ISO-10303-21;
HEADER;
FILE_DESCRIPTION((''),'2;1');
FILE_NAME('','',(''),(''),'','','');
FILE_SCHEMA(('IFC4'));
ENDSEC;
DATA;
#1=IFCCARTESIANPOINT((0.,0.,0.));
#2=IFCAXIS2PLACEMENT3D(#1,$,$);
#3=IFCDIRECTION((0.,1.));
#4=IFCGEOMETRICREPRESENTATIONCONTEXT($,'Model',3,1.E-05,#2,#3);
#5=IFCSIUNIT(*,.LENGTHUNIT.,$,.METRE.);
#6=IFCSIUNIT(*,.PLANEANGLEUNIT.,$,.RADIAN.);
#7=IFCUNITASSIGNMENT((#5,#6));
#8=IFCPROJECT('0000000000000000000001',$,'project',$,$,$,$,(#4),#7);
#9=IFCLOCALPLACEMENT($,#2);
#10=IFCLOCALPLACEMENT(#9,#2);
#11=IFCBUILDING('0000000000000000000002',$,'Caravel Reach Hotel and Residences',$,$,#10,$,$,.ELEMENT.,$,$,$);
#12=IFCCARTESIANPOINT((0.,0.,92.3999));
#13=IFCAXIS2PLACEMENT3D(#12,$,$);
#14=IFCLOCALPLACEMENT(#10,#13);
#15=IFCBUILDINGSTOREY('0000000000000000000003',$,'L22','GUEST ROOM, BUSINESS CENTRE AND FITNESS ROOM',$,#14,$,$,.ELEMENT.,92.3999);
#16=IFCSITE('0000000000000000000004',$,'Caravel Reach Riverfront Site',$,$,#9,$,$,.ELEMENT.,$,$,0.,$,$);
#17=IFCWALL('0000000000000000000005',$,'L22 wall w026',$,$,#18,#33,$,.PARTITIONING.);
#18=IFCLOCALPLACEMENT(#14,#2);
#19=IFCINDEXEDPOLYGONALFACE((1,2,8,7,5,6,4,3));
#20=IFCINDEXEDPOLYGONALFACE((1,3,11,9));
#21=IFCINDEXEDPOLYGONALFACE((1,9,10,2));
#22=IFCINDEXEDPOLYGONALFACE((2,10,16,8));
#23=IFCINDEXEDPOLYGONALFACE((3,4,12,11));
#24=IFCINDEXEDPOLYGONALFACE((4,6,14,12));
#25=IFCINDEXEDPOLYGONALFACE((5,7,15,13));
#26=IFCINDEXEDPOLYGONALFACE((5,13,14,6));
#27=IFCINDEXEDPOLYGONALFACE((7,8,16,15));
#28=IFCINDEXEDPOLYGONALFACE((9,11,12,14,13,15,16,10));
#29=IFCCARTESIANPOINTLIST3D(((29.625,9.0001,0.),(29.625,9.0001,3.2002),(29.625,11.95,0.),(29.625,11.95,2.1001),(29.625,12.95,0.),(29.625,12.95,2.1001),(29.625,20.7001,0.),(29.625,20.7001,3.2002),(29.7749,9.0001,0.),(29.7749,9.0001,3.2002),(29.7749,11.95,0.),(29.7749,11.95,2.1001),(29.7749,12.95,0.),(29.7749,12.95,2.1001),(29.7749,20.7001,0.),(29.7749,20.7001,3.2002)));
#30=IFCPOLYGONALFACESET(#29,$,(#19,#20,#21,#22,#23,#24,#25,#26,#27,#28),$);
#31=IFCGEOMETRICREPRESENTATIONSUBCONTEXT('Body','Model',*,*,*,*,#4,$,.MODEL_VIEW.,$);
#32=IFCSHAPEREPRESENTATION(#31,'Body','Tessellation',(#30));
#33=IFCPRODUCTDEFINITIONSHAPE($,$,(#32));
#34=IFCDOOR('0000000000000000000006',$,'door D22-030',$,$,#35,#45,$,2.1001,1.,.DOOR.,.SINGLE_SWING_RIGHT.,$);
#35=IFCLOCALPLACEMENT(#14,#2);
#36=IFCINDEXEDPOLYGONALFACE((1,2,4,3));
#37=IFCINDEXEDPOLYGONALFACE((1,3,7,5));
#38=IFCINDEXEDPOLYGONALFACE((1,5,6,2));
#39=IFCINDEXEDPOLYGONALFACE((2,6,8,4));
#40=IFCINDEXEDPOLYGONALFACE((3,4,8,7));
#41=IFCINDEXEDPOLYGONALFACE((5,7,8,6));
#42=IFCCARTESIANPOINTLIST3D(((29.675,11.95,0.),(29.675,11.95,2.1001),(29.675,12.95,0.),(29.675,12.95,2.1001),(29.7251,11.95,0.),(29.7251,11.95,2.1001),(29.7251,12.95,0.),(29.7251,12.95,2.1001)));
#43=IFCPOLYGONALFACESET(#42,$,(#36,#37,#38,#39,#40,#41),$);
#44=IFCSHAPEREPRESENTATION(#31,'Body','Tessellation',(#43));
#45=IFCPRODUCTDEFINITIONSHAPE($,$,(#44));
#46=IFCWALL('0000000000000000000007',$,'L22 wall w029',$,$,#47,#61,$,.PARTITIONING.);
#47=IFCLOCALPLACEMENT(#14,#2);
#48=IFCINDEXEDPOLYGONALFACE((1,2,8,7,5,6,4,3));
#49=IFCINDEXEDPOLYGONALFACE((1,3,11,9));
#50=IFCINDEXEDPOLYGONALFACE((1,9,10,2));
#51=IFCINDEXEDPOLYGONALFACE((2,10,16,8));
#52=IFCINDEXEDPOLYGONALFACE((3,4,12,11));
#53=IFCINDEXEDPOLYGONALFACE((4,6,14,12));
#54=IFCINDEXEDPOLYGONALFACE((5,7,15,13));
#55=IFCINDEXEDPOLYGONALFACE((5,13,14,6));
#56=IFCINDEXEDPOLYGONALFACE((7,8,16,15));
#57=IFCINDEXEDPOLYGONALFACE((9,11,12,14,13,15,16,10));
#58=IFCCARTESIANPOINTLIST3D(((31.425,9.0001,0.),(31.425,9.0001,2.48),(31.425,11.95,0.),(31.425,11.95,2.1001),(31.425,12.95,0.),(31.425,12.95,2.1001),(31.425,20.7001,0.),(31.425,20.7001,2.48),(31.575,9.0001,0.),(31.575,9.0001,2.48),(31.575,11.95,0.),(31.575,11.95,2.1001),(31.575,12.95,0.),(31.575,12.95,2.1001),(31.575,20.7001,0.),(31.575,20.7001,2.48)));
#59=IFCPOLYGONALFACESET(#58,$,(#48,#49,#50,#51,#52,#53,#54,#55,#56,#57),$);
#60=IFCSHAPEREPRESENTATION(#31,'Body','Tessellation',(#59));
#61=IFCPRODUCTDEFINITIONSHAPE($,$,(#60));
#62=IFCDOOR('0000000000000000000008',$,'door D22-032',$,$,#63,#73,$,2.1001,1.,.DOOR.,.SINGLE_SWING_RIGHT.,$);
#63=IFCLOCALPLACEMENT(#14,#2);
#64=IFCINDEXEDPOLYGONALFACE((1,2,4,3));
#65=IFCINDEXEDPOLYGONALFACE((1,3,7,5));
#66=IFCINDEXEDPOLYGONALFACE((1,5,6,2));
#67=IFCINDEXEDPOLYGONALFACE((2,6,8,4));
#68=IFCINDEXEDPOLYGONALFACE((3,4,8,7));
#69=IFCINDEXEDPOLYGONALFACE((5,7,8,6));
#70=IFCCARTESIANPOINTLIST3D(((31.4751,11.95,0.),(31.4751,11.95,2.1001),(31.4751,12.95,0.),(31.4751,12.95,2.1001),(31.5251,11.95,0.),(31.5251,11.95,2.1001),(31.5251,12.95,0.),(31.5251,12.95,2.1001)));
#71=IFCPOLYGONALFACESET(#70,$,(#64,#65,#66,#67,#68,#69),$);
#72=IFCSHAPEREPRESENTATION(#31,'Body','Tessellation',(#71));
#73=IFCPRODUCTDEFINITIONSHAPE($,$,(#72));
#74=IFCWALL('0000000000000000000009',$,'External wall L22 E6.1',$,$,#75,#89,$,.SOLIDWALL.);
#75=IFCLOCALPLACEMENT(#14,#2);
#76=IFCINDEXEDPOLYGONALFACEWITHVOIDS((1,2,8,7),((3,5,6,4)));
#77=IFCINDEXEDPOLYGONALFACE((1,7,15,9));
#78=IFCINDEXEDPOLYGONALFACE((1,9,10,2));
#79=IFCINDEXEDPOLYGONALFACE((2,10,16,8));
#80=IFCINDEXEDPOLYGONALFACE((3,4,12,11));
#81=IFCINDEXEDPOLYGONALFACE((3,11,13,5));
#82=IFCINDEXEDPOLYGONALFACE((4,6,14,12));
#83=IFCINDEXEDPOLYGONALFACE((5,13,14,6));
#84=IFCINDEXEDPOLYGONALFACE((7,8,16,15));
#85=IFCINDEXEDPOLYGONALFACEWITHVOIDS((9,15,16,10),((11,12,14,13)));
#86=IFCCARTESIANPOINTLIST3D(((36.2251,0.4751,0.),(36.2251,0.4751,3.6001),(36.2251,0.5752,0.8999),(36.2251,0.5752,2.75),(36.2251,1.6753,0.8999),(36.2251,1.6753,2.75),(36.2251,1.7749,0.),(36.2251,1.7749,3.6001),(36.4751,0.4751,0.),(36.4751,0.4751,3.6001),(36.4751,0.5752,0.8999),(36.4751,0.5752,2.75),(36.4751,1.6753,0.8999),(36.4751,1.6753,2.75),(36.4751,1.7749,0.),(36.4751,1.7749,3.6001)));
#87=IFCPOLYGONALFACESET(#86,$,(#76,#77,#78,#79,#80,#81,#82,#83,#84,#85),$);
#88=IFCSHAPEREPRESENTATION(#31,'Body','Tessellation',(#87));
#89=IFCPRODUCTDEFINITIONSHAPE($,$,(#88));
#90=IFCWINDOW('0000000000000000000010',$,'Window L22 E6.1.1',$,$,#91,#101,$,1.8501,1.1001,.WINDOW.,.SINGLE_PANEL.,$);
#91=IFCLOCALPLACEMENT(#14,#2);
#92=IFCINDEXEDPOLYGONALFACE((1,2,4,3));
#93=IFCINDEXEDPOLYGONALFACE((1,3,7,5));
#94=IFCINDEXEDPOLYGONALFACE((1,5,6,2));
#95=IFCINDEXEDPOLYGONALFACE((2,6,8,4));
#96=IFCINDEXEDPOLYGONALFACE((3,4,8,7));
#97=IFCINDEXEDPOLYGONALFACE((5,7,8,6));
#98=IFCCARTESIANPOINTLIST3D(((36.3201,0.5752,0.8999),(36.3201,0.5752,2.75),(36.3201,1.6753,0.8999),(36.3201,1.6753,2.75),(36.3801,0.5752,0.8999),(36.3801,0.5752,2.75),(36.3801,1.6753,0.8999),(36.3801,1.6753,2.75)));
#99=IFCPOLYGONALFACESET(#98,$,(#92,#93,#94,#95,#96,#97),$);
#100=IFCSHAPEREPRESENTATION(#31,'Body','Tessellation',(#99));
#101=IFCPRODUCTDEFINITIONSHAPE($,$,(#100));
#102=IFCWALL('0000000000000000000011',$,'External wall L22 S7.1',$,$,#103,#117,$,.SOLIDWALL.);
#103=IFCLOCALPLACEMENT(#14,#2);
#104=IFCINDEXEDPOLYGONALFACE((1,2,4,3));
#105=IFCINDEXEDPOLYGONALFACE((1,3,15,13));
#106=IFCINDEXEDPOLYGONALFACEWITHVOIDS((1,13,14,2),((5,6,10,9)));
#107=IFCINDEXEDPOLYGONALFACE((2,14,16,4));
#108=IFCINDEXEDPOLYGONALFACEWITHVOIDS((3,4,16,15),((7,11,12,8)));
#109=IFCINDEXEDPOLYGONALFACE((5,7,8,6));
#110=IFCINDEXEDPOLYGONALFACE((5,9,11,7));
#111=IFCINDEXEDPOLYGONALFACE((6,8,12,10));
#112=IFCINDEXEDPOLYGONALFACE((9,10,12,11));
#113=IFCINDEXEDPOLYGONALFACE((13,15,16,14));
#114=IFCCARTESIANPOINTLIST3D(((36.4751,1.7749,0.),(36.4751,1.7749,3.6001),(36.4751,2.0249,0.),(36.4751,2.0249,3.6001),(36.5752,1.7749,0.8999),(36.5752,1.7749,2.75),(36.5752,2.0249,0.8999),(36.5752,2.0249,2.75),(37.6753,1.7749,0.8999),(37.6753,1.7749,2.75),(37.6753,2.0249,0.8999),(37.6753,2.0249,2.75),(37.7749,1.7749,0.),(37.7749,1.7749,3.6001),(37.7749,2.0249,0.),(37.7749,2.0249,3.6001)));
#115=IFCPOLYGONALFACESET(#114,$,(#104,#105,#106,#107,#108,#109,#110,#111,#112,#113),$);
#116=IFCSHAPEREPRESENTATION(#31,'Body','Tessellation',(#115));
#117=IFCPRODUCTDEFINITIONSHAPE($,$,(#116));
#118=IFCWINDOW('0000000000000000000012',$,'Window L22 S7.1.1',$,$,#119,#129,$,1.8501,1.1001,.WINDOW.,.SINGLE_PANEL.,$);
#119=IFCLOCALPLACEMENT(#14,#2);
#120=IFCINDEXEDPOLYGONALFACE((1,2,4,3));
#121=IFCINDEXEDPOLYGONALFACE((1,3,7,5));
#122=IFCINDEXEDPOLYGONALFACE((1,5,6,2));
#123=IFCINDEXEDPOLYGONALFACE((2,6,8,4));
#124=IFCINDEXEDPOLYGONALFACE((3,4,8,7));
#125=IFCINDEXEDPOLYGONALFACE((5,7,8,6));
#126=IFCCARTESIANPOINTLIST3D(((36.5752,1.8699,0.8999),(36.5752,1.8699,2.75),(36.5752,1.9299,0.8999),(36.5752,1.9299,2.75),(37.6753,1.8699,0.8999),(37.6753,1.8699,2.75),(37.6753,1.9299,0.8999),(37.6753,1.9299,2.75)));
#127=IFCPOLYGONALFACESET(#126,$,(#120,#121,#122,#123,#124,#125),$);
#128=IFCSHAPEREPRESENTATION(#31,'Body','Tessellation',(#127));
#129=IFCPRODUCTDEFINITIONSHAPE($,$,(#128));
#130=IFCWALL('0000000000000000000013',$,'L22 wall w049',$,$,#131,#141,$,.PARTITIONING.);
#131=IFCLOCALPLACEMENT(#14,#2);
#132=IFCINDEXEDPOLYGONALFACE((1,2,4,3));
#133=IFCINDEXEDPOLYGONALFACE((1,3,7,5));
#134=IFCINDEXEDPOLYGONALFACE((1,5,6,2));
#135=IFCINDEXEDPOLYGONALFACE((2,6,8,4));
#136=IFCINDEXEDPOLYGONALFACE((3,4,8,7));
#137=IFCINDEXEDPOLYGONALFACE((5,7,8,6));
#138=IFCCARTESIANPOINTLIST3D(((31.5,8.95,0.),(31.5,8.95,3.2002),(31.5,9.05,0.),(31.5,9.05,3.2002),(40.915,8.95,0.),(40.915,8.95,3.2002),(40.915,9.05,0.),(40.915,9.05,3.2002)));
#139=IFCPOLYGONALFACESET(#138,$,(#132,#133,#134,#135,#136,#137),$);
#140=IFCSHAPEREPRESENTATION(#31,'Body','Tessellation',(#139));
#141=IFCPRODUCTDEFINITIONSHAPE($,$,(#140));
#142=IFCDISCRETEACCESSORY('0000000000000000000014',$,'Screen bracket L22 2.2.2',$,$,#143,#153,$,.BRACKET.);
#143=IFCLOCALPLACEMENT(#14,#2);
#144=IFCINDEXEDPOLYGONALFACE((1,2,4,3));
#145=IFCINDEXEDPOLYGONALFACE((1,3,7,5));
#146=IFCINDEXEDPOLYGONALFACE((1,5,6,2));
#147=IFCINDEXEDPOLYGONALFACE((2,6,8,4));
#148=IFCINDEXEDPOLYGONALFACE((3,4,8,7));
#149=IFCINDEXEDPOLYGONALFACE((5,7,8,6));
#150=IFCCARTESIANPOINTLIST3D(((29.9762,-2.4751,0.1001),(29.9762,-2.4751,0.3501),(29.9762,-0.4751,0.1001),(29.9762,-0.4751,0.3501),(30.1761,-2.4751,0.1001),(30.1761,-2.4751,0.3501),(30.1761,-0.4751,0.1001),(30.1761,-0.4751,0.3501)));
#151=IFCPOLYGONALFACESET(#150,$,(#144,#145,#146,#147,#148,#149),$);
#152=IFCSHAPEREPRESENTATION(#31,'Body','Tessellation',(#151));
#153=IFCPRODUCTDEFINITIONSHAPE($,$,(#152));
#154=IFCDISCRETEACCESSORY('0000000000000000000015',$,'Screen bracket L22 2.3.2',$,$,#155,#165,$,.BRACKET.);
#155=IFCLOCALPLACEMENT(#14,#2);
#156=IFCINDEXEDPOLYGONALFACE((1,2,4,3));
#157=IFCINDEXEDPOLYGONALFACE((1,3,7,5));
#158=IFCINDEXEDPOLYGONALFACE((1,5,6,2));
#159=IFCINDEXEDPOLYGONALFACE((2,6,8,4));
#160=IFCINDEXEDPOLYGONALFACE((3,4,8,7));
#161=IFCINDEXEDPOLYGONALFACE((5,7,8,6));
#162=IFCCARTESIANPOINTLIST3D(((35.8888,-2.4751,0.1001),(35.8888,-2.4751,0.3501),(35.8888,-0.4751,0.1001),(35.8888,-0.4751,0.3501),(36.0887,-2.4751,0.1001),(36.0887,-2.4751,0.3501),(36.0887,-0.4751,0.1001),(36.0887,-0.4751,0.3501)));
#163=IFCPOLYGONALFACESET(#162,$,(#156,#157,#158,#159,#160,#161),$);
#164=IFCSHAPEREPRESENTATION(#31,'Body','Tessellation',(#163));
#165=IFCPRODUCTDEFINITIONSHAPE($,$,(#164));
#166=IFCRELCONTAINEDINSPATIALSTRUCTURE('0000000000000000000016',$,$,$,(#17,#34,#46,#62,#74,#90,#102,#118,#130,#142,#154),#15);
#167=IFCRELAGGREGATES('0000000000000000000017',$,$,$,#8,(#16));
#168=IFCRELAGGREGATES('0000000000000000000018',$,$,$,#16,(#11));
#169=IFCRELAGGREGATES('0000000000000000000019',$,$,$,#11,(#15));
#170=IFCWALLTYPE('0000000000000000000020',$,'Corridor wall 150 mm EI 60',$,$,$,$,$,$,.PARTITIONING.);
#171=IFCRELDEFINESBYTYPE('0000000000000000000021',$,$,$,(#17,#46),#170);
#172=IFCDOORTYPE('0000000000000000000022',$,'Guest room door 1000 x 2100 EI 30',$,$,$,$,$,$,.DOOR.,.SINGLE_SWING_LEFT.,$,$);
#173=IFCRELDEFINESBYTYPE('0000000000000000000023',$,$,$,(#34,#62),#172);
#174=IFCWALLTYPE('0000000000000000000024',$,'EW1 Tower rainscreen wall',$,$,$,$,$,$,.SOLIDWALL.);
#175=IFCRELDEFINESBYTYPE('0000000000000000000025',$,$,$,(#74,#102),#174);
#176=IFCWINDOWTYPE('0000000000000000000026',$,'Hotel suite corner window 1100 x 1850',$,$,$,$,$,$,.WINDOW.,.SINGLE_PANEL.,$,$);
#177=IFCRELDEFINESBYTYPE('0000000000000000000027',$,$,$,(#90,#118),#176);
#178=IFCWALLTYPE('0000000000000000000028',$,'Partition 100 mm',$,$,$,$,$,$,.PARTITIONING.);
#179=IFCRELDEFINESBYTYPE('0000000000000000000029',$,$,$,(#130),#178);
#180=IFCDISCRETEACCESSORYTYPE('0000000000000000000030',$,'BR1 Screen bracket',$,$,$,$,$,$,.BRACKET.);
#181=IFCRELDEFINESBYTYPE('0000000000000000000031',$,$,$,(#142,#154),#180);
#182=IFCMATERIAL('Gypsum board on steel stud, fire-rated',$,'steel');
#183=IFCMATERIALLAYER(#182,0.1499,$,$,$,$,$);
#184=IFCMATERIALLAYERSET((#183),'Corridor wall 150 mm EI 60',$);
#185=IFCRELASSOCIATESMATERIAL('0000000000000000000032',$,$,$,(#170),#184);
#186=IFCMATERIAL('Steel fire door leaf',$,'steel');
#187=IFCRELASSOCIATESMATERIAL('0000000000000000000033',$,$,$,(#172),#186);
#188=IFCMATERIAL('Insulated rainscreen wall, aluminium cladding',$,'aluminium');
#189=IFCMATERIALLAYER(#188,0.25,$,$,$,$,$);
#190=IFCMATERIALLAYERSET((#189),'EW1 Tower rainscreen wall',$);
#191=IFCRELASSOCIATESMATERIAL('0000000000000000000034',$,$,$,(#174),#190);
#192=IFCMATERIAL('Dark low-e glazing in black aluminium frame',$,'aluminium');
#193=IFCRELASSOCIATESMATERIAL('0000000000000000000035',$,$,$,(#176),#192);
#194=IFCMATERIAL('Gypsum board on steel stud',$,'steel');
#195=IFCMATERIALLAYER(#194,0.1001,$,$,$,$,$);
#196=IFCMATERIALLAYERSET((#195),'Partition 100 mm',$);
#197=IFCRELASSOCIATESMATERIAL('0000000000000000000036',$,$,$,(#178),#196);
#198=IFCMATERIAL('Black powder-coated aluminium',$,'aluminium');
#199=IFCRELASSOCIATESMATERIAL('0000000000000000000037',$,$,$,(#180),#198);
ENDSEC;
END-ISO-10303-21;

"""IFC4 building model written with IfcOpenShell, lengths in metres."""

from ifc_helpers import new_model, si_unit, direction, frame, frame_2d, origin, origin_2d, place, context, subcontext, project, spatial, rectangle, extrude, material, layer, layer_set, type_object, element, fill, save


model = new_model("IFC4")

# Units and contexts
model_context = context("Model", 3, precision=1e-05, world=origin(), true_north=direction((0.0, 1.0)))
body_context = subcontext(model_context, "Body", "Model", "MODEL_VIEW")
ifc_project = project(units=[si_unit("LENGTHUNIT", "METRE"), si_unit("PLANEANGLEUNIT", "RADIAN")], contexts=[model_context])

# Site, building, storey
site_placement = place(None, origin())
site = spatial("IfcSite", under=ifc_project, at=site_placement, Name="Caravel Reach Riverfront Site", CompositionType="ELEMENT", RefElevation=0.0)
building_placement = place(site_placement, origin())
building = spatial("IfcBuilding", under=site, at=building_placement, Name="Caravel Reach Hotel and Residences", CompositionType="ELEMENT")
storey_placement = place(building_placement, frame((0.0, 0.0, 92.3999)))
storey = spatial("IfcBuildingStorey", under=building, at=storey_placement, Name="L22", Description="GUEST ROOM, BUSINESS CENTRE AND FITNESS ROOM", CompositionType="ELEMENT", Elevation=92.3999)

# Walls, openings, doors
ifc_material_1 = material(Name="Gypsum board on steel stud, fire-rated", Category="steel")
ifc_layer_1 = layer(ifc_material_1, 0.1499)
ifc_layer_set_1 = layer_set([ifc_layer_1], Name="Corridor wall 150 mm EI 60")
wall_type_1 = type_object("IfcWallType", Name="Corridor wall 150 mm EI 60", PredefinedType="PARTITIONING", material=ifc_layer_set_1)
ifc_material_2 = material(Name="Steel fire door leaf", Category="steel")
door_type = type_object("IfcDoorType", Name="Guest room door 1000 x 2100 EI 30", OperationType="SINGLE_SWING_LEFT", PredefinedType="DOOR", material=ifc_material_2)
wall_1_placement = place(storey_placement, frame((29.7, 9.0, 0.0), z_axis=(0.0, 0.0, 1.0), x_axis=(0.0, 1.0, 0.0)))
wall_1 = element("IfcWall", 1, at=wall_1_placement, inside=storey, type_object=wall_type_1, Name="L22 wall w026", PredefinedType="PARTITIONING", context=body_context, shape_type="SweptSolid", body=[
    extrude(rectangle(XDim=11.7, YDim=0.1499, at=frame_2d((5.8501, 0.0))), origin(), (0.0, 0.0, 1.0), 3.2002),
])
opening_1_placement = place(wall_1_placement, frame((2.95, 0.0, 0.0)))
opening_1 = element("IfcOpeningElement", 2, at=opening_1_placement, cuts=wall_1, PredefinedType="OPENING", context=body_context, shape_type="SweptSolid", body=[
    extrude(rectangle(XDim=1.0, YDim=2.1001, at=frame_2d((0.5, 1.05))), frame((0.0, 0.085, 0.0), z_axis=(0.0, -1.0, 0.0), x_axis=(1.0, 0.0, 0.0)), (0.0, 0.0, 1.0), 0.1699),
])
door_1_placement = place(opening_1_placement, origin())
door_1 = element("IfcDoor", 3, at=door_1_placement, inside=storey, type_object=door_type, Name="door D22-030", OperationType="SINGLE_SWING_RIGHT", OverallHeight=2.1001, OverallWidth=1.0, PredefinedType="DOOR", context=body_context, shape_type="SweptSolid", body=[
    extrude(rectangle(XDim=1.0, YDim=2.1001, at=frame_2d((0.5, 1.05))), frame((0.0, 0.0249, 0.0), z_axis=(0.0, -1.0, 0.0), x_axis=(1.0, 0.0, 0.0)), (0.0, 0.0, 1.0), 0.05),
])
fill(opening_1, door_1)
wall_2_placement = place(storey_placement, frame((31.5, 9.0, 0.0), z_axis=(0.0, 0.0, 1.0), x_axis=(0.0, 1.0, 0.0)))
wall_2 = element("IfcWall", 4, at=wall_2_placement, inside=storey, type_object=wall_type_1, Name="L22 wall w029", PredefinedType="PARTITIONING", context=body_context, shape_type="SweptSolid", body=[
    extrude(rectangle(XDim=11.7, YDim=0.1499, at=frame_2d((5.8501, 0.0))), origin(), (0.0, 0.0, 1.0), 2.48),
])
opening_2_placement = place(wall_2_placement, frame((2.95, 0.0, 0.0)))
opening_2 = element("IfcOpeningElement", 5, at=opening_2_placement, cuts=wall_2, PredefinedType="OPENING", context=body_context, shape_type="SweptSolid", body=[
    extrude(rectangle(XDim=1.0, YDim=2.1001, at=frame_2d((0.5, 1.05))), frame((0.0, 0.085, 0.0), z_axis=(0.0, -1.0, 0.0), x_axis=(1.0, 0.0, 0.0)), (0.0, 0.0, 1.0), 0.1699),
])
door_2_placement = place(opening_2_placement, origin())
door_2 = element("IfcDoor", 6, at=door_2_placement, inside=storey, type_object=door_type, Name="door D22-032", OperationType="SINGLE_SWING_RIGHT", OverallHeight=2.1001, OverallWidth=1.0, PredefinedType="DOOR", context=body_context, shape_type="SweptSolid", body=[
    extrude(rectangle(XDim=1.0, YDim=2.1001, at=frame_2d((0.5, 1.05))), frame((0.0, 0.0249, 0.0), z_axis=(0.0, -1.0, 0.0), x_axis=(1.0, 0.0, 0.0)), (0.0, 0.0, 1.0), 0.05),
])
fill(opening_2, door_2)

# Walls, openings, windows
ifc_material_3 = material(Name="Insulated rainscreen wall, aluminium cladding", Category="aluminium")
ifc_layer_2 = layer(ifc_material_3, 0.25)
ifc_layer_set_2 = layer_set([ifc_layer_2], Name="EW1 Tower rainscreen wall")
wall_type_2 = type_object("IfcWallType", Name="EW1 Tower rainscreen wall", PredefinedType="SOLIDWALL", material=ifc_layer_set_2)
wall_3_placement = place(storey_placement, frame((36.3501, 0.4751, 0.0), z_axis=(0.0, 0.0, 1.0), x_axis=(0.0, 1.0, 0.0)))
wall_3 = element("IfcWall", 7, at=wall_3_placement, inside=storey, type_object=wall_type_2, Name="External wall L22 E6.1", PredefinedType="SOLIDWALL", context=body_context, shape_type="SweptSolid", body=[
    extrude(rectangle(XDim=1.2998, YDim=0.25, at=frame_2d((0.6499, 0.0))), origin(), (0.0, 0.0, 1.0), 3.6001),
])
opening_3_placement = place(wall_3_placement, frame((0.1001, 0.0, 0.8999)))
opening_3 = element("IfcOpeningElement", 8, at=opening_3_placement, cuts=wall_3, PredefinedType="OPENING", context=body_context, shape_type="SweptSolid", body=[
    extrude(rectangle(XDim=1.1001, YDim=1.8501, at=frame_2d((0.55, 0.925))), frame((0.0, 0.135, 0.0), z_axis=(0.0, -1.0, 0.0), x_axis=(1.0, 0.0, 0.0)), (0.0, 0.0, 1.0), 0.27),
])
ifc_material_4 = material(Name="Dark low-e glazing in black aluminium frame", Category="aluminium")
window_type = type_object("IfcWindowType", Name="Hotel suite corner window 1100 x 1850", PartitioningType="SINGLE_PANEL", PredefinedType="WINDOW", material=ifc_material_4)
window_1_placement = place(opening_3_placement, origin())
window_1 = element("IfcWindow", 9, at=window_1_placement, inside=storey, type_object=window_type, Name="Window L22 E6.1.1", OverallHeight=1.8501, OverallWidth=1.1001, PartitioningType="SINGLE_PANEL", PredefinedType="WINDOW", context=body_context, shape_type="SweptSolid", body=[
    extrude(rectangle(XDim=1.1001, YDim=1.8501, at=frame_2d((0.55, 0.925))), frame((0.0, 0.03, 0.0), z_axis=(0.0, -1.0, 0.0), x_axis=(1.0, 0.0, 0.0)), (0.0, 0.0, 1.0), 0.0601),
])
fill(opening_3, window_1)
wall_4_placement = place(storey_placement, frame((36.4751, 1.8999, 0.0), z_axis=(0.0, 0.0, 1.0), x_axis=(1.0, 0.0, 0.0)))
wall_4 = element("IfcWall", 10, at=wall_4_placement, inside=storey, type_object=wall_type_2, Name="External wall L22 S7.1", PredefinedType="SOLIDWALL", context=body_context, shape_type="SweptSolid", body=[
    extrude(rectangle(XDim=1.2998, YDim=0.25, at=frame_2d((0.6499, 0.0))), origin(), (0.0, 0.0, 1.0), 3.6001),
])
opening_4_placement = place(wall_4_placement, frame((0.1001, 0.0, 0.8999)))
opening_4 = element("IfcOpeningElement", 11, at=opening_4_placement, cuts=wall_4, PredefinedType="OPENING", context=body_context, shape_type="SweptSolid", body=[
    extrude(rectangle(XDim=1.1001, YDim=1.8501, at=frame_2d((0.55, 0.925))), frame((0.0, 0.135, 0.0), z_axis=(0.0, -1.0, 0.0), x_axis=(1.0, 0.0, 0.0)), (0.0, 0.0, 1.0), 0.27),
])
window_2_placement = place(opening_4_placement, origin())
window_2 = element("IfcWindow", 12, at=window_2_placement, inside=storey, type_object=window_type, Name="Window L22 S7.1.1", OverallHeight=1.8501, OverallWidth=1.1001, PartitioningType="SINGLE_PANEL", PredefinedType="WINDOW", context=body_context, shape_type="SweptSolid", body=[
    extrude(rectangle(XDim=1.1001, YDim=1.8501, at=frame_2d((0.55, 0.925))), frame((0.0, 0.03, 0.0), z_axis=(0.0, -1.0, 0.0), x_axis=(1.0, 0.0, 0.0)), (0.0, 0.0, 1.0), 0.0601),
])
fill(opening_4, window_2)

# Wall
ifc_material_5 = material(Name="Gypsum board on steel stud", Category="steel")
ifc_layer_3 = layer(ifc_material_5, 0.1001)
ifc_layer_set_3 = layer_set([ifc_layer_3], Name="Partition 100 mm")
wall_type_3 = type_object("IfcWallType", Name="Partition 100 mm", PredefinedType="PARTITIONING", material=ifc_layer_set_3)
wall_5_placement = place(storey_placement, frame((31.5, 9.0, 0.0), z_axis=(0.0, 0.0, 1.0), x_axis=(1.0, 0.0, 0.0)))
element("IfcWall", 13, at=wall_5_placement, inside=storey, type_object=wall_type_3, Name="L22 wall w049", PredefinedType="PARTITIONING", context=body_context, shape_type="SweptSolid", body=[
    extrude(rectangle(XDim=9.415, YDim=0.1001, at=frame_2d((4.7075, 0.0))), origin(), (0.0, 0.0, 1.0), 3.2002),
])

# Discrete accessories
ifc_material_6 = material(Name="Black powder-coated aluminium", Category="aluminium")
discrete_accessory_type = type_object("IfcDiscreteAccessoryType", Name="BR1 Screen bracket", PredefinedType="BRACKET", material=ifc_material_6)
for number, where, z_axis, x_axis, name in (
    (14, (30.0762, -1.4751, 0.1001), (0.0, 0.0, 1.0), (0.0, -1.0, 0.0), "Screen bracket L22 2.2.2"),
    (15, (35.9888, -1.4751, 0.1001), (0.0, 0.0, 1.0), (0.0, -1.0, 0.0), "Screen bracket L22 2.3.2"),
):
    element("IfcDiscreteAccessory", number, at=place(storey_placement, frame(where, z_axis=z_axis, x_axis=x_axis)), inside=storey, type_object=discrete_accessory_type, Name=name, PredefinedType="BRACKET", context=body_context, shape_type="SweptSolid", body=[
        extrude(rectangle(XDim=2.0, YDim=0.2, at=origin_2d()), origin(), (0.0, 0.0, 1.0), 0.25),
    ])

save(model, "model.ifc")
